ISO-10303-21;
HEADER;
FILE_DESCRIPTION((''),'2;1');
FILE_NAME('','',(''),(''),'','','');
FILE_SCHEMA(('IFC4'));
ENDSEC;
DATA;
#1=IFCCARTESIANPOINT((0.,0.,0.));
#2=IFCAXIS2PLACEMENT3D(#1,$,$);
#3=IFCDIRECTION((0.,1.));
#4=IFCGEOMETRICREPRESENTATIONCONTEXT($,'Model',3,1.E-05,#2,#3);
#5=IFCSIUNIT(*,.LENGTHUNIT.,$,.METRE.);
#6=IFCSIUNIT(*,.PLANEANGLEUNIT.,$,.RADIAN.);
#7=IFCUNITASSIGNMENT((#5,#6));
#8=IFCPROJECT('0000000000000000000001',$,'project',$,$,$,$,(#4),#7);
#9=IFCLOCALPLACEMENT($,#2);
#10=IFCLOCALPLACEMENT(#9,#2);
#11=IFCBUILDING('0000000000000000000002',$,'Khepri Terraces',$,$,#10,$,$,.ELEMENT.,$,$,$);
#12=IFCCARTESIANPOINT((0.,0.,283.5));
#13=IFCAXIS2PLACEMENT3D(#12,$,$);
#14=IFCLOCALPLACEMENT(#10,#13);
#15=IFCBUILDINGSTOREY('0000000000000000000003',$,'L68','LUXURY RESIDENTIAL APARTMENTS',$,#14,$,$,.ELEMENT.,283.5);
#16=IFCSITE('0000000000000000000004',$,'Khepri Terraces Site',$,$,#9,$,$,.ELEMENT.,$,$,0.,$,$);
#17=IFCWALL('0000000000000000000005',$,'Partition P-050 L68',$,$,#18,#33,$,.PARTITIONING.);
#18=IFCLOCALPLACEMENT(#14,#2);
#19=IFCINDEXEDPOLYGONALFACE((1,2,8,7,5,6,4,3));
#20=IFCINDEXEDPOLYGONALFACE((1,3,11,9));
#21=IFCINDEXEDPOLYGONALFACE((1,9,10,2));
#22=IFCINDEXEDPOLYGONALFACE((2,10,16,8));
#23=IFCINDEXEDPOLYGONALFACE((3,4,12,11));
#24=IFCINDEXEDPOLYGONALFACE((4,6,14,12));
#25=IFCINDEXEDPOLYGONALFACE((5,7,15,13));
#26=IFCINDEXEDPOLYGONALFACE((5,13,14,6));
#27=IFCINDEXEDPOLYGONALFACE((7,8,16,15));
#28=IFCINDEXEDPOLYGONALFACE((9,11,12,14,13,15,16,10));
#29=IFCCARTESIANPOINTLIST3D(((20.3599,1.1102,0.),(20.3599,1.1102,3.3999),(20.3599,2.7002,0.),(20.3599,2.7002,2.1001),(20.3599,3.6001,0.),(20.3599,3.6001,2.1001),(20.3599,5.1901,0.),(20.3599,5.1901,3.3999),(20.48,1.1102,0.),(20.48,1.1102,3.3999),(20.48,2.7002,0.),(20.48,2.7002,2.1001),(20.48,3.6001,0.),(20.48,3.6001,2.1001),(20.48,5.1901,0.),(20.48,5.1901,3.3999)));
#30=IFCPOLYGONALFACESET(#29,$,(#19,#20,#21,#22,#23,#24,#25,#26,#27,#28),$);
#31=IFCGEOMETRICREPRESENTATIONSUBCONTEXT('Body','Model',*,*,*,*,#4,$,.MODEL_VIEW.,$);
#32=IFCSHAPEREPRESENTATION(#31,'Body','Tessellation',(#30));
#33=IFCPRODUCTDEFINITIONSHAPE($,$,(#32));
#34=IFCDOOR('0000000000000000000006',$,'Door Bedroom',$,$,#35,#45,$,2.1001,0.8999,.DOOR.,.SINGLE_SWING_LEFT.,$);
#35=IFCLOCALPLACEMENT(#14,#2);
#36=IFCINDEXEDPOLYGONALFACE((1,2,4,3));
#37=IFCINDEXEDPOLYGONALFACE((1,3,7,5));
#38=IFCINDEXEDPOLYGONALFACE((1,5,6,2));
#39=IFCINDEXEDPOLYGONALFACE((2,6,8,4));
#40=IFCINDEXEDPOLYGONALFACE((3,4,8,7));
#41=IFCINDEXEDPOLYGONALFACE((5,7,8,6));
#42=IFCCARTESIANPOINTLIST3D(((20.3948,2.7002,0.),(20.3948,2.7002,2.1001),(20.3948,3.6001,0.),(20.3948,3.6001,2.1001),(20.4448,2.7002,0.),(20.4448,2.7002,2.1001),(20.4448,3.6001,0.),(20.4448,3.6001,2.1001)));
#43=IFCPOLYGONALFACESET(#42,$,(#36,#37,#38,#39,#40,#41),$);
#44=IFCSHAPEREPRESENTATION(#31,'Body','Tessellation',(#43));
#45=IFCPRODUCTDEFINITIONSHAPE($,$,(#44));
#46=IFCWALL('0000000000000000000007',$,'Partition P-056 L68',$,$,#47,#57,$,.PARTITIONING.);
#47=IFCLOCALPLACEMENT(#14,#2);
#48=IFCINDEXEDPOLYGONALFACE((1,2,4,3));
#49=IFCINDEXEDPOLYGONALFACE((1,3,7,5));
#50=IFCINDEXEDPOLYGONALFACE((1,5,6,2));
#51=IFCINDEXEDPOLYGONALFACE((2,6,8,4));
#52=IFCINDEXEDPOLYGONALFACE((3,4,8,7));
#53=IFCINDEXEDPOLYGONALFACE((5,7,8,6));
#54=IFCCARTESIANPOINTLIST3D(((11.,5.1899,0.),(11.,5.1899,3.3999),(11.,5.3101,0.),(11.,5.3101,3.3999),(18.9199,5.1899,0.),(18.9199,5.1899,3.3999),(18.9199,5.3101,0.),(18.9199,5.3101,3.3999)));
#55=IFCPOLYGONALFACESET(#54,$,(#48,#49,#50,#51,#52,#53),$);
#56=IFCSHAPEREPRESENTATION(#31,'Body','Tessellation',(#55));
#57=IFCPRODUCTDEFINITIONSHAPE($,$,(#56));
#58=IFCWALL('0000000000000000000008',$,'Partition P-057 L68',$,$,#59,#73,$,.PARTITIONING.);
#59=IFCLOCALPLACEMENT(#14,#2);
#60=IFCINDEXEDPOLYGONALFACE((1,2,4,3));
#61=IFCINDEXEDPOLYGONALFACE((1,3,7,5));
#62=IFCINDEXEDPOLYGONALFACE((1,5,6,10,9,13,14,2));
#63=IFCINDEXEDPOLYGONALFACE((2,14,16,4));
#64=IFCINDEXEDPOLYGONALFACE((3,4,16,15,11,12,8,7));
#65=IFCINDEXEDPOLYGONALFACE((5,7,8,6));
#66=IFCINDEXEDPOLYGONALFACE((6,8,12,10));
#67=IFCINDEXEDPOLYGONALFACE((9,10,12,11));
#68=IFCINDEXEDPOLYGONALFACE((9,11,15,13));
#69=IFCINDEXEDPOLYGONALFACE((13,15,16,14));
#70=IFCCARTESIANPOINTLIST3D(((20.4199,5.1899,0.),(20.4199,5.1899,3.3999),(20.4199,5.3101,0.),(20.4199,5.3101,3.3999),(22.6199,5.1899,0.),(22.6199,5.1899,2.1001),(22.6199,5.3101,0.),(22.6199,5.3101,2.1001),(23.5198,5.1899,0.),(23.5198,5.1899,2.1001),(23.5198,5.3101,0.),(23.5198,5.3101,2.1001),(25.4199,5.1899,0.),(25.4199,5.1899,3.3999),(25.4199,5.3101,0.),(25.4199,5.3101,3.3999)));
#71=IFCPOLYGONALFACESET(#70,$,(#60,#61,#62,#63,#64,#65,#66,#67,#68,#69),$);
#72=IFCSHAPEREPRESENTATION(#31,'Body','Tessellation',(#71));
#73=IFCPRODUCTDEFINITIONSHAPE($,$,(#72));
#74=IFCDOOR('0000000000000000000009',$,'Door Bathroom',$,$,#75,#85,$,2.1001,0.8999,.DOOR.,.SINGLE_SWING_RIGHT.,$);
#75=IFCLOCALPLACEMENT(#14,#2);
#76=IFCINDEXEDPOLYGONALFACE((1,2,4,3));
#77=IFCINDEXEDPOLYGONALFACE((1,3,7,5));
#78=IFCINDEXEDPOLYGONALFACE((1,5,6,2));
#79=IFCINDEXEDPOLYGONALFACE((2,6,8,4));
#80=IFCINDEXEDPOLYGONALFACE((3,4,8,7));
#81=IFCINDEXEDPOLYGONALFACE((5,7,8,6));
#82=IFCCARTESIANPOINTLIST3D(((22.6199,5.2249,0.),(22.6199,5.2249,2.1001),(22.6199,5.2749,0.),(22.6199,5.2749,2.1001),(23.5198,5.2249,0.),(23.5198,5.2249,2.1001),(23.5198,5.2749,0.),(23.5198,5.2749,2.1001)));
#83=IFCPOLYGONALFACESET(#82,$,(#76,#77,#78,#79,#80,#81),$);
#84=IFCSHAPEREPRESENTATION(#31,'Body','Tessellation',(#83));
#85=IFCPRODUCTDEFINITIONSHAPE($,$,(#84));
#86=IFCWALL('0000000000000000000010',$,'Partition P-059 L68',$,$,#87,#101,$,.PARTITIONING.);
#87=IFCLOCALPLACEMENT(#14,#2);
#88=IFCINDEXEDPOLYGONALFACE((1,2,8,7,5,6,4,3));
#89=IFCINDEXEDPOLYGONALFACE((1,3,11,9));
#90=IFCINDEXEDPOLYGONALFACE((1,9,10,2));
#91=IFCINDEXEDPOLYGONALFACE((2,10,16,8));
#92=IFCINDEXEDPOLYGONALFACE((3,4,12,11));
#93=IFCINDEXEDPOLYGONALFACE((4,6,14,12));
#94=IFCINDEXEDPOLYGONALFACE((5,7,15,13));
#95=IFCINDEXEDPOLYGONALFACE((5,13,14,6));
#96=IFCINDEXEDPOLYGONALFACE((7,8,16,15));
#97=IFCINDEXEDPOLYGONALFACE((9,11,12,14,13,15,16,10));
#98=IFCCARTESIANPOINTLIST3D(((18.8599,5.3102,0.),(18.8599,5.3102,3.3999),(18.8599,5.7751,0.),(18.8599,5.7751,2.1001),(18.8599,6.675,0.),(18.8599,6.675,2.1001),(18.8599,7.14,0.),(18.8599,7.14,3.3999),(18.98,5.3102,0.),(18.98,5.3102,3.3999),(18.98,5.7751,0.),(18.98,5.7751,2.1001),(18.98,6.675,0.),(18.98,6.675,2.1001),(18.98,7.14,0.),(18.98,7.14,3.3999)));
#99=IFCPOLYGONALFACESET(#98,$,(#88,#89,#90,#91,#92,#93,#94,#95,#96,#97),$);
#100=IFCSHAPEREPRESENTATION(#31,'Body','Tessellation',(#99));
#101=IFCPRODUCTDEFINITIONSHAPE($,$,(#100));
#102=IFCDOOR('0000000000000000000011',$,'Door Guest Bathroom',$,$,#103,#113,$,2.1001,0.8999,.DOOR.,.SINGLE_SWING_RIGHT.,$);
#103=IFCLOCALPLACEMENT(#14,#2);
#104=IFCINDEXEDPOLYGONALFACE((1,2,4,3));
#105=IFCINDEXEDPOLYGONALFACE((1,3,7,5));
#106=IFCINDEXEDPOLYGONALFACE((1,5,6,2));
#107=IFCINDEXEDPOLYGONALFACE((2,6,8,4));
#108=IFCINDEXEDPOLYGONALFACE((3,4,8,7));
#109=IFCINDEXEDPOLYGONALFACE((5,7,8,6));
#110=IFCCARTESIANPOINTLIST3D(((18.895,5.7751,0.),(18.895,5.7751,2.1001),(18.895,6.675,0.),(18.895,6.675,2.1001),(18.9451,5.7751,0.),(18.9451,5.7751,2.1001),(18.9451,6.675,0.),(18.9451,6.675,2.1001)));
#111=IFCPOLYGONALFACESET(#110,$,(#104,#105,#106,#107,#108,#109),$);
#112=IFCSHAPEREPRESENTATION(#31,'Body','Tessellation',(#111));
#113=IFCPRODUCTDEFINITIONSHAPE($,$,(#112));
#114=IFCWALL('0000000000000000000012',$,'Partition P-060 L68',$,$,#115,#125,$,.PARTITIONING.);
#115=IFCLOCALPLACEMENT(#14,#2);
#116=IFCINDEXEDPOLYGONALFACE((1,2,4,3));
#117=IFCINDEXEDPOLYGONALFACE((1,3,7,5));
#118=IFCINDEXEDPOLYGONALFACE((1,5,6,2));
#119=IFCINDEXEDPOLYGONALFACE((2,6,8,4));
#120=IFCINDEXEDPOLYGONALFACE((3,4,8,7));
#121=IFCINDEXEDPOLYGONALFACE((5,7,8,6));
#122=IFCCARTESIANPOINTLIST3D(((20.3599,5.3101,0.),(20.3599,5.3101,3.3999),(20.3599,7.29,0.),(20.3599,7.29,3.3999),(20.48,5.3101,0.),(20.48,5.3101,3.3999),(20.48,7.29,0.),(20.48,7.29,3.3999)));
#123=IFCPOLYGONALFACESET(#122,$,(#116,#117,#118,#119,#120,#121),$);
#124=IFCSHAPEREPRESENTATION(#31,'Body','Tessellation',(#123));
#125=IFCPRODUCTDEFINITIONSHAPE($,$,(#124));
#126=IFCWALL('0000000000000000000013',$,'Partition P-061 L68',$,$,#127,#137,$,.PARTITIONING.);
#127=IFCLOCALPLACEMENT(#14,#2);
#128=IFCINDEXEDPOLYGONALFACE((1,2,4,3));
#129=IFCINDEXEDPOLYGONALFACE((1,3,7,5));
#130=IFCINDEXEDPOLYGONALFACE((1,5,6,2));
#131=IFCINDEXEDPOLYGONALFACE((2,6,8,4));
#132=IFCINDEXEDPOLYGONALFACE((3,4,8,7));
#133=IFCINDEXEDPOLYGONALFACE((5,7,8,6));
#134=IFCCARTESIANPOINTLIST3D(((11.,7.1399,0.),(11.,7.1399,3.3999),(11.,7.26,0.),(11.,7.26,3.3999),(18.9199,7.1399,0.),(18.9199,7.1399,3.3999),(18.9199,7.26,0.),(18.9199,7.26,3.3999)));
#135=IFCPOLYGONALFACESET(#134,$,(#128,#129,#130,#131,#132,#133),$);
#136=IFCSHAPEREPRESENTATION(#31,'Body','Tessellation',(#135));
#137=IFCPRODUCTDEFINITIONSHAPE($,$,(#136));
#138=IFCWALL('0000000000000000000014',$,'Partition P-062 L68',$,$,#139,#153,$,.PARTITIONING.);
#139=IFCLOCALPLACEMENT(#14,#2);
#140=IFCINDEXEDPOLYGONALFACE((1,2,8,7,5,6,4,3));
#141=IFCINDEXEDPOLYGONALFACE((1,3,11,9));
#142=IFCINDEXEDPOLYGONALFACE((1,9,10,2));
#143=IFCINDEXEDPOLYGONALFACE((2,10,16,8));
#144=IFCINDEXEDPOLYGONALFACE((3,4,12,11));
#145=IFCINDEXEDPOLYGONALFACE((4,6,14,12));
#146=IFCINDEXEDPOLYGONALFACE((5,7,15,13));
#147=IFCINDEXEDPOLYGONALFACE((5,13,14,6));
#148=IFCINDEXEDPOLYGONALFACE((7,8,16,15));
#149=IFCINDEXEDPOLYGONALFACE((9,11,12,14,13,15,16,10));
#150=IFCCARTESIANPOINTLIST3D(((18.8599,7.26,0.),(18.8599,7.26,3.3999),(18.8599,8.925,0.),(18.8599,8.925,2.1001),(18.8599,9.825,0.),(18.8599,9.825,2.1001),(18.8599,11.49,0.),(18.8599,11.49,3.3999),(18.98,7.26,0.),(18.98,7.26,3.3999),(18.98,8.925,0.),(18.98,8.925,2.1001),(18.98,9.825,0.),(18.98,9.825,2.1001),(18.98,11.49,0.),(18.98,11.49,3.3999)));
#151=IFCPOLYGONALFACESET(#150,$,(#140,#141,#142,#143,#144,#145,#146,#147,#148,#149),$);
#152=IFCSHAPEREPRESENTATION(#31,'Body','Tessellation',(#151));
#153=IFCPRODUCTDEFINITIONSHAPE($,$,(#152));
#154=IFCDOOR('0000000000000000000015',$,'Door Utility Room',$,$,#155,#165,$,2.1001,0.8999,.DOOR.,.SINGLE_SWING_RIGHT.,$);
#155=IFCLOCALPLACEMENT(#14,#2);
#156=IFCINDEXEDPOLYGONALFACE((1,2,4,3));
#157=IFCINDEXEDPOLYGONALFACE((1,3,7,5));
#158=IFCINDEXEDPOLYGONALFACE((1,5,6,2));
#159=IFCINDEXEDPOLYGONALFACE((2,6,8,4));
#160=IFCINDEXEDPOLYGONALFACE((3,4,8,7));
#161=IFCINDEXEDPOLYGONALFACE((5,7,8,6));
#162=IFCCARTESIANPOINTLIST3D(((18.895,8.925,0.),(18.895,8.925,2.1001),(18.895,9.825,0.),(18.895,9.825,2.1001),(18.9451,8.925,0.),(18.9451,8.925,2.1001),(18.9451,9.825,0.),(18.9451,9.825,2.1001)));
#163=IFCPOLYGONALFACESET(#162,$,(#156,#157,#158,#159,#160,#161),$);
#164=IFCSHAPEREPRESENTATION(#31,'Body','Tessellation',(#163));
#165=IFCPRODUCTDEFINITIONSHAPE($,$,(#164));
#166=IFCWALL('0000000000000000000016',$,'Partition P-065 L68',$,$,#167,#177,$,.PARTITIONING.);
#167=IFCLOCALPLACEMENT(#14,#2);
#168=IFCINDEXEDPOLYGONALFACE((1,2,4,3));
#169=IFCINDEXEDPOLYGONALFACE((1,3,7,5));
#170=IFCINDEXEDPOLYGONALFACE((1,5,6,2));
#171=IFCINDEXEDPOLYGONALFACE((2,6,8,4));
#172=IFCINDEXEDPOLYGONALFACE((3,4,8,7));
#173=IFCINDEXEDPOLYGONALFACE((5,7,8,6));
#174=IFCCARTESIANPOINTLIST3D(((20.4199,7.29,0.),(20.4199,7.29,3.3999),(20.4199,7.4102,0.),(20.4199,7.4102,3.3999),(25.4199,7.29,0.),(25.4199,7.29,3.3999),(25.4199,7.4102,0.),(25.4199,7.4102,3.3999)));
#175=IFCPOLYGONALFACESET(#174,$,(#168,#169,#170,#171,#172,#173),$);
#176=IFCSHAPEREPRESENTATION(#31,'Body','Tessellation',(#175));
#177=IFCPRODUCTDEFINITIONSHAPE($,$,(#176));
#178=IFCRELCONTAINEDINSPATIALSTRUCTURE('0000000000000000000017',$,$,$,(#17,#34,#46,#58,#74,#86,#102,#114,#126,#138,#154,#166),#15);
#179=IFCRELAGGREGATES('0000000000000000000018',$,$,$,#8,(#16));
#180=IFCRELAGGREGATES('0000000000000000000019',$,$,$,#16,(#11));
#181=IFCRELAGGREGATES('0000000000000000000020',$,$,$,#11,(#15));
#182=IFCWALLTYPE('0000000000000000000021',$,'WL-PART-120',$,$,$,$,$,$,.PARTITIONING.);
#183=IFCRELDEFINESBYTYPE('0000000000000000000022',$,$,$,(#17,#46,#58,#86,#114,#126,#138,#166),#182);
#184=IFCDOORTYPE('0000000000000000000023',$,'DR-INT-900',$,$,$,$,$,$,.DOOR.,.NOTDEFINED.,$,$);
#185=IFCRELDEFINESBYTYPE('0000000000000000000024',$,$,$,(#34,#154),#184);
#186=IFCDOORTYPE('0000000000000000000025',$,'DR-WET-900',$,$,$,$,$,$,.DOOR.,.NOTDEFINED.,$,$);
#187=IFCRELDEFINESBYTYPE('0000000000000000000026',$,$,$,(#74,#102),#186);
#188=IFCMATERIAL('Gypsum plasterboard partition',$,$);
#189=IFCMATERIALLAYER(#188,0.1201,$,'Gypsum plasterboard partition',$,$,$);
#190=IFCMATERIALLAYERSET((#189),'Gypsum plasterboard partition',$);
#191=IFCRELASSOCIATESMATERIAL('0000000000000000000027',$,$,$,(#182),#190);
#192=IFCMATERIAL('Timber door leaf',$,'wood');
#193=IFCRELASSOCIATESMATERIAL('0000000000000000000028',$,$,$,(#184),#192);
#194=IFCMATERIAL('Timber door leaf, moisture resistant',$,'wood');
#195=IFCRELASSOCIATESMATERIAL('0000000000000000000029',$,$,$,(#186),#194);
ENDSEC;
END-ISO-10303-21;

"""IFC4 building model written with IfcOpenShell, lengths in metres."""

from ifc_helpers import new_model, si_unit, direction, frame, frame_2d, origin, place, context, subcontext, project, spatial, rectangle, extrude, material, layer, layer_set, type_object, element, fill, save


model = new_model("IFC4")

# Units and contexts
model_context = context("Model", 3, precision=1e-05, world=origin(), true_north=direction((0.0, 1.0)))
body_context = subcontext(model_context, "Body", "Model", "MODEL_VIEW")
ifc_project = project(units=[si_unit("LENGTHUNIT", "METRE"), si_unit("PLANEANGLEUNIT", "RADIAN")], contexts=[model_context])

# Site, building, storey
site_placement = place(None, origin())
site = spatial("IfcSite", under=ifc_project, at=site_placement, Name="Khepri Terraces Site", CompositionType="ELEMENT", RefElevation=0.0)
building_placement = place(site_placement, origin())
building = spatial("IfcBuilding", under=site, at=building_placement, Name="Khepri Terraces", CompositionType="ELEMENT")
storey_placement = place(building_placement, frame((0.0, 0.0, 283.5)))
storey = spatial("IfcBuildingStorey", under=building, at=storey_placement, Name="L68", Description="LUXURY RESIDENTIAL APARTMENTS", CompositionType="ELEMENT", Elevation=283.5)

# Shared definitions
ifc_material_1 = material(Name="Gypsum plasterboard partition")
ifc_layer_1 = layer(ifc_material_1, 0.1201, Name="Gypsum plasterboard partition")
ifc_layer_set_1 = layer_set([ifc_layer_1], Name="Gypsum plasterboard partition")
wall_type_1 = type_object("IfcWallType", Name="WL-PART-120", PredefinedType="PARTITIONING", material=ifc_layer_set_1)

# Wall, opening, door
ifc_material_2 = material(Name="Timber door leaf", Category="wood")
door_type_1 = type_object("IfcDoorType", Name="DR-INT-900", OperationType="NOTDEFINED", PredefinedType="DOOR", material=ifc_material_2)
wall_1_placement = place(storey_placement, frame((20.4199, 1.1101, 0.0), z_axis=(0.0, 0.0, 1.0), x_axis=(0.0, 1.0, 0.0)))
wall_1 = element("IfcWall", 1, at=wall_1_placement, inside=storey, type_object=wall_type_1, Name="Partition P-050 L68", PredefinedType="PARTITIONING", context=body_context, shape_type="SweptSolid", body=[
    extrude(rectangle(XDim=4.0798, YDim=0.1201, at=frame_2d((2.04, 0.0))), origin(), (0.0, 0.0, 1.0), 3.3999),
])
opening_1_placement = place(wall_1_placement, frame((1.5901, 0.0, 0.0)))
opening_1 = element("IfcOpeningElement", 2, at=opening_1_placement, cuts=wall_1, PredefinedType="OPENING", context=body_context, shape_type="SweptSolid", body=[
    extrude(rectangle(XDim=0.8999, YDim=2.1001, at=frame_2d((0.45, 1.05))), frame((0.0, 0.0701, 0.0), z_axis=(0.0, -1.0, 0.0), x_axis=(1.0, 0.0, 0.0)), (0.0, 0.0, 1.0), 0.1401),
])
door_1_placement = place(opening_1_placement, frame((0.8999, 0.0, 0.0), z_axis=(0.0, 0.0, 1.0), x_axis=(-1.0, 0.0, 0.0)))
door_1 = element("IfcDoor", 3, at=door_1_placement, inside=storey, type_object=door_type_1, Name="Door Bedroom", OperationType="SINGLE_SWING_LEFT", OverallHeight=2.1001, OverallWidth=0.8999, PredefinedType="DOOR", context=body_context, shape_type="SweptSolid", body=[
    extrude(rectangle(XDim=0.8999, YDim=2.1001, at=frame_2d((0.45, 1.05))), frame((0.0, 0.0249, 0.0), z_axis=(0.0, -1.0, 0.0), x_axis=(1.0, 0.0, 0.0)), (0.0, 0.0, 1.0), 0.05),
])
fill(opening_1, door_1)

# Wall
wall_2_placement = place(storey_placement, frame((11.0, 5.25, 0.0), z_axis=(0.0, 0.0, 1.0), x_axis=(1.0, 0.0, 0.0)))
element("IfcWall", 4, at=wall_2_placement, inside=storey, type_object=wall_type_1, Name="Partition P-056 L68", PredefinedType="PARTITIONING", context=body_context, shape_type="SweptSolid", body=[
    extrude(rectangle(XDim=7.9199, YDim=0.1201, at=frame_2d((3.96, 0.0))), origin(), (0.0, 0.0, 1.0), 3.3999),
])

# Walls, openings, doors
wall_3_placement = place(storey_placement, frame((20.4199, 5.25, 0.0), z_axis=(0.0, 0.0, 1.0), x_axis=(1.0, 0.0, 0.0)))
wall_3 = element("IfcWall", 5, at=wall_3_placement, inside=storey, type_object=wall_type_1, Name="Partition P-057 L68", PredefinedType="PARTITIONING", context=body_context, shape_type="SweptSolid", body=[
    extrude(rectangle(XDim=5.0, YDim=0.1201, at=frame_2d((2.5, 0.0))), origin(), (0.0, 0.0, 1.0), 3.3999),
])
opening_2_placement = place(wall_3_placement, frame((2.2, 0.0, 0.0)))
opening_2 = element("IfcOpeningElement", 6, at=opening_2_placement, cuts=wall_3, PredefinedType="OPENING", context=body_context, shape_type="SweptSolid", body=[
    extrude(rectangle(XDim=0.8999, YDim=2.1001, at=frame_2d((0.45, 1.05))), frame((0.0, 0.0701, 0.0), z_axis=(0.0, -1.0, 0.0), x_axis=(1.0, 0.0, 0.0)), (0.0, 0.0, 1.0), 0.1401),
])
ifc_material_3 = material(Name="Timber door leaf, moisture resistant", Category="wood")
door_type_2 = type_object("IfcDoorType", Name="DR-WET-900", OperationType="NOTDEFINED", PredefinedType="DOOR", material=ifc_material_3)
door_2_placement = place(opening_2_placement, origin())
door_2 = element("IfcDoor", 7, at=door_2_placement, inside=storey, type_object=door_type_2, Name="Door Bathroom", OperationType="SINGLE_SWING_RIGHT", OverallHeight=2.1001, OverallWidth=0.8999, PredefinedType="DOOR", context=body_context, shape_type="SweptSolid", body=[
    extrude(rectangle(XDim=0.8999, YDim=2.1001, at=frame_2d((0.45, 1.05))), frame((0.0, 0.0249, 0.0), z_axis=(0.0, -1.0, 0.0), x_axis=(1.0, 0.0, 0.0)), (0.0, 0.0, 1.0), 0.05),
])
fill(opening_2, door_2)
wall_4_placement = place(storey_placement, frame((18.9199, 5.3101, 0.0), z_axis=(0.0, 0.0, 1.0), x_axis=(0.0, 1.0, 0.0)))
wall_4 = element("IfcWall", 8, at=wall_4_placement, inside=storey, type_object=wall_type_1, Name="Partition P-059 L68", PredefinedType="PARTITIONING", context=body_context, shape_type="SweptSolid", body=[
    extrude(rectangle(XDim=1.8298, YDim=0.1201, at=frame_2d((0.915, 0.0))), origin(), (0.0, 0.0, 1.0), 3.3999),
])
opening_3_placement = place(wall_4_placement, frame((0.4651, 0.0, 0.0)))
opening_3 = element("IfcOpeningElement", 9, at=opening_3_placement, cuts=wall_4, PredefinedType="OPENING", context=body_context, shape_type="SweptSolid", body=[
    extrude(rectangle(XDim=0.8999, YDim=2.1001, at=frame_2d((0.45, 1.05))), frame((0.0, 0.0701, 0.0), z_axis=(0.0, -1.0, 0.0), x_axis=(1.0, 0.0, 0.0)), (0.0, 0.0, 1.0), 0.1401),
])
door_3_placement = place(opening_3_placement, origin())
door_3 = element("IfcDoor", 10, at=door_3_placement, inside=storey, type_object=door_type_2, Name="Door Guest Bathroom", OperationType="SINGLE_SWING_RIGHT", OverallHeight=2.1001, OverallWidth=0.8999, PredefinedType="DOOR", context=body_context, shape_type="SweptSolid", body=[
    extrude(rectangle(XDim=0.8999, YDim=2.1001, at=frame_2d((0.45, 1.05))), frame((0.0, 0.0249, 0.0), z_axis=(0.0, -1.0, 0.0), x_axis=(1.0, 0.0, 0.0)), (0.0, 0.0, 1.0), 0.05),
])
fill(opening_3, door_3)

# Walls
wall_5_placement = place(storey_placement, frame((20.4199, 5.3101, 0.0), z_axis=(0.0, 0.0, 1.0), x_axis=(0.0, 1.0, 0.0)))
element("IfcWall", 11, at=wall_5_placement, inside=storey, type_object=wall_type_1, Name="Partition P-060 L68", PredefinedType="PARTITIONING", context=body_context, shape_type="SweptSolid", body=[
    extrude(rectangle(XDim=1.98, YDim=0.1201, at=frame_2d((0.99, 0.0))), origin(), (0.0, 0.0, 1.0), 3.3999),
])
wall_6_placement = place(storey_placement, frame((11.0, 7.2, 0.0), z_axis=(0.0, 0.0, 1.0), x_axis=(1.0, 0.0, 0.0)))
element("IfcWall", 12, at=wall_6_placement, inside=storey, type_object=wall_type_1, Name="Partition P-061 L68", PredefinedType="PARTITIONING", context=body_context, shape_type="SweptSolid", body=[
    extrude(rectangle(XDim=7.9199, YDim=0.1201, at=frame_2d((3.96, 0.0))), origin(), (0.0, 0.0, 1.0), 3.3999),
])

# Wall, opening, door
wall_7_placement = place(storey_placement, frame((18.9199, 7.26, 0.0), z_axis=(0.0, 0.0, 1.0), x_axis=(0.0, 1.0, 0.0)))
wall_7 = element("IfcWall", 13, at=wall_7_placement, inside=storey, type_object=wall_type_1, Name="Partition P-062 L68", PredefinedType="PARTITIONING", context=body_context, shape_type="SweptSolid", body=[
    extrude(rectangle(XDim=4.23, YDim=0.1201, at=frame_2d((2.115, 0.0))), origin(), (0.0, 0.0, 1.0), 3.3999),
])
opening_4_placement = place(wall_7_placement, frame((1.665, 0.0, 0.0)))
opening_4 = element("IfcOpeningElement", 14, at=opening_4_placement, cuts=wall_7, PredefinedType="OPENING", context=body_context, shape_type="SweptSolid", body=[
    extrude(rectangle(XDim=0.8999, YDim=2.1001, at=frame_2d((0.45, 1.05))), frame((0.0, 0.0701, 0.0), z_axis=(0.0, -1.0, 0.0), x_axis=(1.0, 0.0, 0.0)), (0.0, 0.0, 1.0), 0.1401),
])
door_4_placement = place(opening_4_placement, origin())
door_4 = element("IfcDoor", 15, at=door_4_placement, inside=storey, type_object=door_type_1, Name="Door Utility Room", OperationType="SINGLE_SWING_RIGHT", OverallHeight=2.1001, OverallWidth=0.8999, PredefinedType="DOOR", context=body_context, shape_type="SweptSolid", body=[
    extrude(rectangle(XDim=0.8999, YDim=2.1001, at=frame_2d((0.45, 1.05))), frame((0.0, 0.0249, 0.0), z_axis=(0.0, -1.0, 0.0), x_axis=(1.0, 0.0, 0.0)), (0.0, 0.0, 1.0), 0.05),
])
fill(opening_4, door_4)

# Wall
wall_8_placement = place(storey_placement, frame((20.4199, 7.3501, 0.0), z_axis=(0.0, 0.0, 1.0), x_axis=(1.0, 0.0, 0.0)))
element("IfcWall", 16, at=wall_8_placement, inside=storey, type_object=wall_type_1, Name="Partition P-065 L68", PredefinedType="PARTITIONING", context=body_context, shape_type="SweptSolid", body=[
    extrude(rectangle(XDim=5.0, YDim=0.1201, at=frame_2d((2.5, 0.0))), origin(), (0.0, 0.0, 1.0), 3.3999),
])

save(model, "model.ifc")
